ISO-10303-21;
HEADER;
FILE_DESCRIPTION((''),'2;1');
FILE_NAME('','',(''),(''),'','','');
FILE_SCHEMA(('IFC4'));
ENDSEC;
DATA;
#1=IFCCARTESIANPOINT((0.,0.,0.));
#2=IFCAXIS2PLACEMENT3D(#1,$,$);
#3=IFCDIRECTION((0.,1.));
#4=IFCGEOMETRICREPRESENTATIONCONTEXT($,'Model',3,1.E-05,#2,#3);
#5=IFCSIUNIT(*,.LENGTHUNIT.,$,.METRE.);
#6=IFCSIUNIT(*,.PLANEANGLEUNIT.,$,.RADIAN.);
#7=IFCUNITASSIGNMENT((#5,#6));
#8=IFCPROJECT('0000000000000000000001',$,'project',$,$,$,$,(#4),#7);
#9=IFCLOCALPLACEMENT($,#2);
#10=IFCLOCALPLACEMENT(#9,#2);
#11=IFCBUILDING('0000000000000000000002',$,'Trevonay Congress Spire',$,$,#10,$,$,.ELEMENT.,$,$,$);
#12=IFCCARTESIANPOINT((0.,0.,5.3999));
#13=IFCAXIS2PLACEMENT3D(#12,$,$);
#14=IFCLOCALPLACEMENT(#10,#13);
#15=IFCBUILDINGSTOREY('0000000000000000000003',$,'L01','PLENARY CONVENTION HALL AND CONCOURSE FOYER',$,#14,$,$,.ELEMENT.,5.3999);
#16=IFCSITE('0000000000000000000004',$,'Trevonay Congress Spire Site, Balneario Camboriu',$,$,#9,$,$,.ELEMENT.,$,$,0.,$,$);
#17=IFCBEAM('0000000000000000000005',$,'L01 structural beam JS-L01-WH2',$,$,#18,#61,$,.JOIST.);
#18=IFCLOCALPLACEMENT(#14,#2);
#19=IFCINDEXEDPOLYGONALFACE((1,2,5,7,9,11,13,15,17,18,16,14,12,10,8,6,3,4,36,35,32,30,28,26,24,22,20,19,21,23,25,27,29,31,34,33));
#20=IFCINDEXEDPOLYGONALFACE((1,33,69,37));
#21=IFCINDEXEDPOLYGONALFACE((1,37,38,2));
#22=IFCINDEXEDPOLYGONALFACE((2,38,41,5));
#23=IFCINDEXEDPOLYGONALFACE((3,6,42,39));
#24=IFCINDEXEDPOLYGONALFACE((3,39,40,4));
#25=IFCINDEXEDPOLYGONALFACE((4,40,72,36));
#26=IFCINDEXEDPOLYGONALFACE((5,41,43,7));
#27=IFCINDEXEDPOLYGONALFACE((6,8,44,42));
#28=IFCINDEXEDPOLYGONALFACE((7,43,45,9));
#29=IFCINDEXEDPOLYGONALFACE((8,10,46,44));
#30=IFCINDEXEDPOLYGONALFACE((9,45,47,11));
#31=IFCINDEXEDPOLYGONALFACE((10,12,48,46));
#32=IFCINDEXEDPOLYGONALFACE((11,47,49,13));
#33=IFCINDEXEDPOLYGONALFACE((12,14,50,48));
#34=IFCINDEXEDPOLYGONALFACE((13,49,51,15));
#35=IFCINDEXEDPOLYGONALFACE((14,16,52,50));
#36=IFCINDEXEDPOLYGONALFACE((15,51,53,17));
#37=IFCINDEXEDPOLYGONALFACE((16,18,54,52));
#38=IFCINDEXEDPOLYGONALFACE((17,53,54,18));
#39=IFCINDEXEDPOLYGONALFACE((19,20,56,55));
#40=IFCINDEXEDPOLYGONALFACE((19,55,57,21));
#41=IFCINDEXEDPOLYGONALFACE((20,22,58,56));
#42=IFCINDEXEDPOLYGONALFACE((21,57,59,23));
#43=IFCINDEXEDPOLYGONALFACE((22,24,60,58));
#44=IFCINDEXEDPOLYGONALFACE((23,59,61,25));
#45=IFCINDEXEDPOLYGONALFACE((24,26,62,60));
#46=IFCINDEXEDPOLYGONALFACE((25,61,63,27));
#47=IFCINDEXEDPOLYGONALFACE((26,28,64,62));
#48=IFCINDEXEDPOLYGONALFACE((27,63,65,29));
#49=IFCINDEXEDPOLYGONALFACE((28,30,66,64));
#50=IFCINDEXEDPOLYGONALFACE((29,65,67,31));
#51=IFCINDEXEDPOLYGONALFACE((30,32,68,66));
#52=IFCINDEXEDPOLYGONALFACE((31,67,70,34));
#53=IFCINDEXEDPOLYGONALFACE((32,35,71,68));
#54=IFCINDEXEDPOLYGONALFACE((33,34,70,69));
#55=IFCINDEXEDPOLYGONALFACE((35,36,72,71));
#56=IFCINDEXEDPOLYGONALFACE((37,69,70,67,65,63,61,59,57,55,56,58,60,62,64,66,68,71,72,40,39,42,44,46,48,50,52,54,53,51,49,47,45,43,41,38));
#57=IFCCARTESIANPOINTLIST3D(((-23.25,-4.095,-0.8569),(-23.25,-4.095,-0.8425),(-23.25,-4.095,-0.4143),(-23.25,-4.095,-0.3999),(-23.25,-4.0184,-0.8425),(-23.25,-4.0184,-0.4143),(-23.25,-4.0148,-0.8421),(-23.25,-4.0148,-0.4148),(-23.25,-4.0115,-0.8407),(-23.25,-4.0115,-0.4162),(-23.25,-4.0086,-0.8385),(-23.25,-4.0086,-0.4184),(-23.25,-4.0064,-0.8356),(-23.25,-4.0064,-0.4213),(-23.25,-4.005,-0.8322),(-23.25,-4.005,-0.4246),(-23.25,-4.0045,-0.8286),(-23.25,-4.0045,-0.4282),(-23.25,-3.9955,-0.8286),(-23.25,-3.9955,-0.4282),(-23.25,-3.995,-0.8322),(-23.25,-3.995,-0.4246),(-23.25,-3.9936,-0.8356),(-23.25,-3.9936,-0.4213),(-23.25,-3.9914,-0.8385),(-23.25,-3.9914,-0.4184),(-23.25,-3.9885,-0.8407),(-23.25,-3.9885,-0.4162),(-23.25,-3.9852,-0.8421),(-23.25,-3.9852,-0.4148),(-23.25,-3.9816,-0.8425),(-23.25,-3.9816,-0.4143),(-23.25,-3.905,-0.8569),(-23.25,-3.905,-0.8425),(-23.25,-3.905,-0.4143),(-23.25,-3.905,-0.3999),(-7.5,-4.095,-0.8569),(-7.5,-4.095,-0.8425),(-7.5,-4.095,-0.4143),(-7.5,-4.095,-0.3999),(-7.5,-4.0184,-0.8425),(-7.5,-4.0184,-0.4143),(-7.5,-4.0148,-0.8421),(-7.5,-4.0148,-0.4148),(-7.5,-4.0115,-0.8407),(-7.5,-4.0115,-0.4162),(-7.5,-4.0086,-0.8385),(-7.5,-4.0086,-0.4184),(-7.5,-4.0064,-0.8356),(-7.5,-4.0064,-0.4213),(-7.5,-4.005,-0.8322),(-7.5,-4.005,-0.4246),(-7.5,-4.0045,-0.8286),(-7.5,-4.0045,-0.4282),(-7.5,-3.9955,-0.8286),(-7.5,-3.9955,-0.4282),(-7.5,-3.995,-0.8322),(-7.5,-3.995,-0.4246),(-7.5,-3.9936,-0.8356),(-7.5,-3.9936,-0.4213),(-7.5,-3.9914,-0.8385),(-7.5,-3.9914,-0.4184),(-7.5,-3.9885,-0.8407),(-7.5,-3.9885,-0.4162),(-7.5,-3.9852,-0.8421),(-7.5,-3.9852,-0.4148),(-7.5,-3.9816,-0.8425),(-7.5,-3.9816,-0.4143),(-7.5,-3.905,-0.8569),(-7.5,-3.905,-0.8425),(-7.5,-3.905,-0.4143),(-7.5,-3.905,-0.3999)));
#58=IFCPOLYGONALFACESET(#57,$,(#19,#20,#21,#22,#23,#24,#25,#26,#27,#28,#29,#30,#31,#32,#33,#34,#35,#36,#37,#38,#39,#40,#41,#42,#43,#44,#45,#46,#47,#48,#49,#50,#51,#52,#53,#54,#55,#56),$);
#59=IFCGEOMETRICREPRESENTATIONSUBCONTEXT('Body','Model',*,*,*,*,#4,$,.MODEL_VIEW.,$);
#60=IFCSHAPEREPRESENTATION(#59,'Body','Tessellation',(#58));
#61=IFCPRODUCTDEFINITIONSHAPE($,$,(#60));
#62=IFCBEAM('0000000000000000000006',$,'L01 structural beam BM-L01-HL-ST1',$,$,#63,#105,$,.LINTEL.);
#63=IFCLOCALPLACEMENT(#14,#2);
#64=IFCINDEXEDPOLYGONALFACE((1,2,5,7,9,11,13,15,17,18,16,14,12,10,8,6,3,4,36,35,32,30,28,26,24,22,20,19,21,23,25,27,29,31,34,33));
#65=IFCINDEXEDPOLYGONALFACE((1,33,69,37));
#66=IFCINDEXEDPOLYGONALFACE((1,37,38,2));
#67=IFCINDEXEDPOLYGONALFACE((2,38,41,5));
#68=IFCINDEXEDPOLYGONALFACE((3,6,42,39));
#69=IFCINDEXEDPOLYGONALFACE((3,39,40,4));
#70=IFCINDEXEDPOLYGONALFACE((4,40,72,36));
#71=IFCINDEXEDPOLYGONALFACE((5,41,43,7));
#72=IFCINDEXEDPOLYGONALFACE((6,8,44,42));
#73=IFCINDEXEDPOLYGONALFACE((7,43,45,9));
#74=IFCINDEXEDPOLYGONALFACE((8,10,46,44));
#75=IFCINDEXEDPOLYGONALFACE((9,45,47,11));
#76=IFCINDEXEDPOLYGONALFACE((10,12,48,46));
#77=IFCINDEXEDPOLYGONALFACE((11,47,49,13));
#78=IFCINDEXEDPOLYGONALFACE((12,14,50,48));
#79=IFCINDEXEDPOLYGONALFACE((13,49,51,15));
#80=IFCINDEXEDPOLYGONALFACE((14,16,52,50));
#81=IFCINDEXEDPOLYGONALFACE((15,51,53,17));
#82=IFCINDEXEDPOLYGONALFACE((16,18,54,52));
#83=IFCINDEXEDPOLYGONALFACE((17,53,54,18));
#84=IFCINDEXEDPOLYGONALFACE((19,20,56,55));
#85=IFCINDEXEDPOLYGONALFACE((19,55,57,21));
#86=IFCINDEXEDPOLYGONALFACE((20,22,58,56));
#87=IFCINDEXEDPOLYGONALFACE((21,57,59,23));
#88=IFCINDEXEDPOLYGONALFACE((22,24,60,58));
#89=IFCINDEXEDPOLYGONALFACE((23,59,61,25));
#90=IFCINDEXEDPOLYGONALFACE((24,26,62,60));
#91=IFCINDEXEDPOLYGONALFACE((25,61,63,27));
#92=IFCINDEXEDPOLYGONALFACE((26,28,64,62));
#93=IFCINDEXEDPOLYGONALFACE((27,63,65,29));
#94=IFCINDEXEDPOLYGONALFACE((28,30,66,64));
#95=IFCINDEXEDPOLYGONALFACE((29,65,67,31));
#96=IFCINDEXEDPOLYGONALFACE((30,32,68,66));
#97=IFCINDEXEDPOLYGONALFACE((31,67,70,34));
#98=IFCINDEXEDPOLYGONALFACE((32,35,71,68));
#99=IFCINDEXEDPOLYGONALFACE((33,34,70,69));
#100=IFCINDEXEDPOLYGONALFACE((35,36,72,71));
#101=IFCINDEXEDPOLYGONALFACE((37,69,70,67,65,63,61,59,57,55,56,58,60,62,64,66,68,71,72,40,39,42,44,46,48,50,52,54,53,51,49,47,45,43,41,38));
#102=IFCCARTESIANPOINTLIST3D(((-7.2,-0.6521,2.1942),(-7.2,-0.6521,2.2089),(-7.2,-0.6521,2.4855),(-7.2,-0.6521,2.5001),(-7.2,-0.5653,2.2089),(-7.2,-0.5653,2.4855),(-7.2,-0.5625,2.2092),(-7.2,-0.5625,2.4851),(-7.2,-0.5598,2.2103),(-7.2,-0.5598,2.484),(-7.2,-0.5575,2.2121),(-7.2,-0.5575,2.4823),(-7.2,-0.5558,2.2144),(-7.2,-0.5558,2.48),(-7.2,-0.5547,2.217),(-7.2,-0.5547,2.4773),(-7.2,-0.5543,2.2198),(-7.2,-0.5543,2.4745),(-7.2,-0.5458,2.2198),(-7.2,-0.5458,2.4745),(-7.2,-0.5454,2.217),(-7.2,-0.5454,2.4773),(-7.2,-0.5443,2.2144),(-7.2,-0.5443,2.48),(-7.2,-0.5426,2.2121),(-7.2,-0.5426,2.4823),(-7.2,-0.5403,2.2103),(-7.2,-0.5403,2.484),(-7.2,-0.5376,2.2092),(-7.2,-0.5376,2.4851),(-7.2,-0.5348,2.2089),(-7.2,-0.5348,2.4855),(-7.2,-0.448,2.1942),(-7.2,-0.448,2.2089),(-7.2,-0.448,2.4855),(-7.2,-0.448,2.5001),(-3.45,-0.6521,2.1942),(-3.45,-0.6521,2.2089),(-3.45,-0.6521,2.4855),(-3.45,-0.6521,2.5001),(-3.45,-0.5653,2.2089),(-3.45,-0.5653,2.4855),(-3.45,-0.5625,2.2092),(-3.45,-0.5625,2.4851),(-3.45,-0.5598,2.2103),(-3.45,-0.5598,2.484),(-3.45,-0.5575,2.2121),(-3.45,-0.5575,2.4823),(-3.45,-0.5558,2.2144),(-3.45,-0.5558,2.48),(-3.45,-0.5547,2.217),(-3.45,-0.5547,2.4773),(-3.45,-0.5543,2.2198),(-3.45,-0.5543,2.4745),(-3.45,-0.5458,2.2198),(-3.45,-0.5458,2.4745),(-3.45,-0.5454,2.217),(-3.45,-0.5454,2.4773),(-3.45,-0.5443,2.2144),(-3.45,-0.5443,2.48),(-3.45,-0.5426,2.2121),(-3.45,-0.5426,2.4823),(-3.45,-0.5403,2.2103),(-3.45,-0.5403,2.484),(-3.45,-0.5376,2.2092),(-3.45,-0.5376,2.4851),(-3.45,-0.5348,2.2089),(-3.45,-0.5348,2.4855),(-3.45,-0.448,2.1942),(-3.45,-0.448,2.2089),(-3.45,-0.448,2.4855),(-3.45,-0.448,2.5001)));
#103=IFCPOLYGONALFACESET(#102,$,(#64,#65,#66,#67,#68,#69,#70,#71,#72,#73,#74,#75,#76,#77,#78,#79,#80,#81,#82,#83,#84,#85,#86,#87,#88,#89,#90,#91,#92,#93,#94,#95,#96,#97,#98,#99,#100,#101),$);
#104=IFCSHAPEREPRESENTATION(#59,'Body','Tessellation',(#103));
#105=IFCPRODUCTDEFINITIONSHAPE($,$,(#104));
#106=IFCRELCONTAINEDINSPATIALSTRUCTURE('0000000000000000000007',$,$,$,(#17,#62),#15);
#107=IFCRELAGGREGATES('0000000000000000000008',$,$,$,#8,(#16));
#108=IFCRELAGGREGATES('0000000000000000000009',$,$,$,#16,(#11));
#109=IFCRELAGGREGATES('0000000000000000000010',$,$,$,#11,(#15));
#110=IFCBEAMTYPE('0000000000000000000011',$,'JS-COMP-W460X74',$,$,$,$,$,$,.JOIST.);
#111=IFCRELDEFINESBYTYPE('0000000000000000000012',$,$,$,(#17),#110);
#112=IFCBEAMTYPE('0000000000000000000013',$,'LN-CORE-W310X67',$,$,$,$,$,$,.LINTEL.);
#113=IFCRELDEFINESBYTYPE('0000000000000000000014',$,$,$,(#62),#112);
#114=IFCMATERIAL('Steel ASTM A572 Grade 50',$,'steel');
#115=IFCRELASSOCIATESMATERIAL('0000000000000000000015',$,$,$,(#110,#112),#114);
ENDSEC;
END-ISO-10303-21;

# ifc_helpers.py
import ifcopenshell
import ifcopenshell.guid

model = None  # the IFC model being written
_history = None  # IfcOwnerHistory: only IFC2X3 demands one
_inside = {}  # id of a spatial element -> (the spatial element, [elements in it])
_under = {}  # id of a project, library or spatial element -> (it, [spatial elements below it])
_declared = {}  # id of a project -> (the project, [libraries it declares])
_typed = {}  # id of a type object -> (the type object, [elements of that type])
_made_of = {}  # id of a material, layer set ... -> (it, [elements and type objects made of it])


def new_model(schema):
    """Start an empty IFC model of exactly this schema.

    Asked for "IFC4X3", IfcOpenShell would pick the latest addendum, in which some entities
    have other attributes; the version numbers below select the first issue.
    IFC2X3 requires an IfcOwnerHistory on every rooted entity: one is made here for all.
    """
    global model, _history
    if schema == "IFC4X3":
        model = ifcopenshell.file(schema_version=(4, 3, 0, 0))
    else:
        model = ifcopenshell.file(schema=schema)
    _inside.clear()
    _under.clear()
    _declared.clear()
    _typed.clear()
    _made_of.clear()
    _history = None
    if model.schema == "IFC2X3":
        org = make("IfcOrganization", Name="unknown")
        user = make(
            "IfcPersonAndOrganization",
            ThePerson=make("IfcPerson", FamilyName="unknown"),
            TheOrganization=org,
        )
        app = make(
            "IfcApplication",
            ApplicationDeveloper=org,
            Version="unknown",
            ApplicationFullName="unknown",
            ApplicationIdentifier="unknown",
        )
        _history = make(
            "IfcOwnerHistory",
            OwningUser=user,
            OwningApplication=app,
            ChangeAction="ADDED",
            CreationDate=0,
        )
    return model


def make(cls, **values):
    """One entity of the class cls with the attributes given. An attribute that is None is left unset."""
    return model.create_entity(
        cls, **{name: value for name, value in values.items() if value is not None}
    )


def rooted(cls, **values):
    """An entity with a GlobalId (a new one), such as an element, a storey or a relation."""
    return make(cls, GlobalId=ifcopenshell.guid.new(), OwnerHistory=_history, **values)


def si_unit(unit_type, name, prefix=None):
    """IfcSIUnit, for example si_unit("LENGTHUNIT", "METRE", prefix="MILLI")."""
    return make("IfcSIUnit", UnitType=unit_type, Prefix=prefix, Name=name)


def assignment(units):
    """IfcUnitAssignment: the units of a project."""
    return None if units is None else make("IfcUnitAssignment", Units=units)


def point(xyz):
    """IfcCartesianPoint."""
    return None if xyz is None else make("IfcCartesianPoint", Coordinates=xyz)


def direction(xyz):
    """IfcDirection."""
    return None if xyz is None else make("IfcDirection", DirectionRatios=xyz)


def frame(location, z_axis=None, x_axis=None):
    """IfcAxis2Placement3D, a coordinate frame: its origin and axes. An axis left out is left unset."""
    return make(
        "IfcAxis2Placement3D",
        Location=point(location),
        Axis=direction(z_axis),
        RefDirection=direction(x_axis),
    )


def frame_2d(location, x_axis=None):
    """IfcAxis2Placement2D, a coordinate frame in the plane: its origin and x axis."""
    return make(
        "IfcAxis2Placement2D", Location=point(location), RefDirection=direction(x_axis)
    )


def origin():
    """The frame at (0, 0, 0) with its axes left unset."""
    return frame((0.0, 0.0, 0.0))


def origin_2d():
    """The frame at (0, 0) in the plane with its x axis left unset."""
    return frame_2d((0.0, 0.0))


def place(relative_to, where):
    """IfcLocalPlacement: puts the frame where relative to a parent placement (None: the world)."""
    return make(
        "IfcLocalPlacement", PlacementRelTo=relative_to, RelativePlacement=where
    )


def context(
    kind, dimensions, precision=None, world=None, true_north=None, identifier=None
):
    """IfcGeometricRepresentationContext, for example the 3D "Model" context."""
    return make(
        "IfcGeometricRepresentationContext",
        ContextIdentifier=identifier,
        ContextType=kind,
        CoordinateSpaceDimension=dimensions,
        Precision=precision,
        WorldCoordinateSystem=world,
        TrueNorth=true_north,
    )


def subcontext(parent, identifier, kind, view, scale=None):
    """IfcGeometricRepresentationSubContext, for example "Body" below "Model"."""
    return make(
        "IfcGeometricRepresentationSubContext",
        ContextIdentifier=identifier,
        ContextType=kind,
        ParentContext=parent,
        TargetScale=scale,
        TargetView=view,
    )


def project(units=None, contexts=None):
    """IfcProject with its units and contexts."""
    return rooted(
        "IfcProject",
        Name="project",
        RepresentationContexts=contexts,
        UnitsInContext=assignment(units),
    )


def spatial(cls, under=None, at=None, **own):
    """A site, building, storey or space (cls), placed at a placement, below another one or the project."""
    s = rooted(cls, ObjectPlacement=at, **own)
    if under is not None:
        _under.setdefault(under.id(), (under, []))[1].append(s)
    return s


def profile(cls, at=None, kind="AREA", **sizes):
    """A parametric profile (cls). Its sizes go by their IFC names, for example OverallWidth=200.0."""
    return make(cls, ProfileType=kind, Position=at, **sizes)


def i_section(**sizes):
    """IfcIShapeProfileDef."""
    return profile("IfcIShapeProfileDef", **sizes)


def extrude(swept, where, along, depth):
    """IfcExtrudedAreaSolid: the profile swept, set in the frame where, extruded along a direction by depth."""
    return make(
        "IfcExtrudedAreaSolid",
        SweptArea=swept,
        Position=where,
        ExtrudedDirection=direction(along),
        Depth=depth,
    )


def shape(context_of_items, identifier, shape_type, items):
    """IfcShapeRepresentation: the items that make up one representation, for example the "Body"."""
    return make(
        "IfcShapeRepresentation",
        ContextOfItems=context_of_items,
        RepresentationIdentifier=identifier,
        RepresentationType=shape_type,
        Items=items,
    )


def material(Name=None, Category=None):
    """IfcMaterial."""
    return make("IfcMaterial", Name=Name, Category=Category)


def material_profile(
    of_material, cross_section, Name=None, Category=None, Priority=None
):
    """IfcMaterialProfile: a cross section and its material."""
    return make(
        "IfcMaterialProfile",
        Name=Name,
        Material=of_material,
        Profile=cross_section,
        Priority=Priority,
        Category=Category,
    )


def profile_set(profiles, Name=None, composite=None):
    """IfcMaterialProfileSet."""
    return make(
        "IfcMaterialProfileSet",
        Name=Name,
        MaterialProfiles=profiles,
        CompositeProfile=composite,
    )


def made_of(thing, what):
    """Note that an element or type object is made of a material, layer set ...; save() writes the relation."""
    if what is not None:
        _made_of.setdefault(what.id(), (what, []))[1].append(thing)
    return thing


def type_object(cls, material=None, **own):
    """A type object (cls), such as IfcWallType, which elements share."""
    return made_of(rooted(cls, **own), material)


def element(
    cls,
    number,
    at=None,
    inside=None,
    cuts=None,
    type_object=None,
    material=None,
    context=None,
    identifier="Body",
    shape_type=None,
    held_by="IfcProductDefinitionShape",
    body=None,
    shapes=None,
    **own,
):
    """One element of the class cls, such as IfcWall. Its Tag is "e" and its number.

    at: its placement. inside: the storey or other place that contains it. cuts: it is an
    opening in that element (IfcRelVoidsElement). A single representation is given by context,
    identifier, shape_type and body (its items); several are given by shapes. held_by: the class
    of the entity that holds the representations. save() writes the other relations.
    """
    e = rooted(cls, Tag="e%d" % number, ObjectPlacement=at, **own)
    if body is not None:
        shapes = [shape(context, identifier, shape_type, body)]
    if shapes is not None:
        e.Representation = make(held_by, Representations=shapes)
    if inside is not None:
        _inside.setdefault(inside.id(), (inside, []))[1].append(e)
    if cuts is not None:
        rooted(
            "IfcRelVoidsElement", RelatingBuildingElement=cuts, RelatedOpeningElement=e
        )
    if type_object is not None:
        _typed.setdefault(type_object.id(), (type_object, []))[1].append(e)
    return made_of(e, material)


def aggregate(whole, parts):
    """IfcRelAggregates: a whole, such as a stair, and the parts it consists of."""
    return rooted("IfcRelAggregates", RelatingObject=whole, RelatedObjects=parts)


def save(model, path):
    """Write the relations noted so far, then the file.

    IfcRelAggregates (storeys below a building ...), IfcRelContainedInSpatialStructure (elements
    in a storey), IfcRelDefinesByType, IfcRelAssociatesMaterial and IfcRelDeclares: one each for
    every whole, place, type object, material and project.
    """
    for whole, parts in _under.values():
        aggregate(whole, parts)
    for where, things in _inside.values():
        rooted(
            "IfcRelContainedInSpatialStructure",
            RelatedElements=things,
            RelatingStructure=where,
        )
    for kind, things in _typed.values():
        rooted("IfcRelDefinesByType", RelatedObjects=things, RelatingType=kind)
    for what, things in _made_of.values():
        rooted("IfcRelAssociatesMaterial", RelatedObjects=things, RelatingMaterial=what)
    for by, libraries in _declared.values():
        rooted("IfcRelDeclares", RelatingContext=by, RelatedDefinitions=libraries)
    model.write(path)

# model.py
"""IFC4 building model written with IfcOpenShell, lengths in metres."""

from ifc_helpers import new_model, si_unit, direction, frame, origin, origin_2d, place, context, subcontext, project, spatial, i_section, extrude, material, material_profile, profile_set, type_object, element, save


model = new_model("IFC4")

# Units and contexts
model_context = context("Model", 3, precision=1e-05, world=origin(), true_north=direction((0.0, 1.0)))
body_context = subcontext(model_context, "Body", "Model", "MODEL_VIEW")
ifc_project = project(units=[si_unit("LENGTHUNIT", "METRE"), si_unit("PLANEANGLEUNIT", "RADIAN")], contexts=[model_context])

# Site, building, storey
site_placement = place(None, origin())
site = spatial("IfcSite", under=ifc_project, at=site_placement, Name="Trevonay Congress Spire Site, Balneario Camboriu", CompositionType="ELEMENT", RefElevation=0.0)
building_placement = place(site_placement, origin())
building = spatial("IfcBuilding", under=site, at=building_placement, Name="Trevonay Congress Spire", CompositionType="ELEMENT")
storey_placement = place(building_placement, frame((0.0, 0.0, 5.3999)))
storey = spatial("IfcBuildingStorey", under=building, at=storey_placement, Name="L01", Description="PLENARY CONVENTION HALL AND CONCOURSE FOYER", CompositionType="ELEMENT", Elevation=5.3999)

# Shared definitions
ifc_material_1 = material(Name="Steel ASTM A572 Grade 50", Category="steel")

# Beams
ifc_material_profile_1 = material_profile(ifc_material_1, i_section(OverallWidth=0.1899, OverallDepth=0.457, WebThickness=0.009, FlangeThickness=0.0144, FilletRadius=0.0139, at=origin_2d()), Name="W460x74")
ifc_profile_set_1 = profile_set([ifc_material_profile_1], Name="Steel ASTM A572 Grade 50")
beam_type_1 = type_object("IfcBeamType", Name="JS-COMP-W460X74", PredefinedType="JOIST", material=ifc_profile_set_1)
beam_1_placement = place(storey_placement, frame((-23.25, -4.0, -0.6284), z_axis=(1.0, 0.0, 0.0), x_axis=(0.0, 1.0, 0.0)))
element("IfcBeam", 1, at=beam_1_placement, inside=storey, type_object=beam_type_1, Name="L01 structural beam JS-L01-WH2", PredefinedType="JOIST", context=body_context, shape_type="SweptSolid", body=[
    extrude(i_section(OverallWidth=0.1899, OverallDepth=0.457, WebThickness=0.009, FlangeThickness=0.0144, FilletRadius=0.0139, at=origin_2d()), origin(), (0.0, 0.0, 1.0), 15.75),
])
ifc_material_profile_2 = material_profile(ifc_material_1, i_section(OverallWidth=0.2041, OverallDepth=0.3059, WebThickness=0.0085, FlangeThickness=0.0146, FilletRadius=0.011, at=origin_2d()), Name="W310x67")
ifc_profile_set_2 = profile_set([ifc_material_profile_2], Name="Steel ASTM A572 Grade 50")
beam_type_2 = type_object("IfcBeamType", Name="LN-CORE-W310X67", PredefinedType="LINTEL", material=ifc_profile_set_2)
beam_2_placement = place(storey_placement, frame((-7.2, -0.55, 2.3472), z_axis=(1.0, 0.0, 0.0), x_axis=(0.0, 1.0, 0.0)))
element("IfcBeam", 2, at=beam_2_placement, inside=storey, type_object=beam_type_2, Name="L01 structural beam BM-L01-HL-ST1", PredefinedType="LINTEL", context=body_context, shape_type="SweptSolid", body=[
    extrude(i_section(OverallWidth=0.2041, OverallDepth=0.3059, WebThickness=0.0085, FlangeThickness=0.0146, FilletRadius=0.011, at=origin_2d()), origin(), (0.0, 0.0, 1.0), 3.75),
])

save(model, "model.ifc")
